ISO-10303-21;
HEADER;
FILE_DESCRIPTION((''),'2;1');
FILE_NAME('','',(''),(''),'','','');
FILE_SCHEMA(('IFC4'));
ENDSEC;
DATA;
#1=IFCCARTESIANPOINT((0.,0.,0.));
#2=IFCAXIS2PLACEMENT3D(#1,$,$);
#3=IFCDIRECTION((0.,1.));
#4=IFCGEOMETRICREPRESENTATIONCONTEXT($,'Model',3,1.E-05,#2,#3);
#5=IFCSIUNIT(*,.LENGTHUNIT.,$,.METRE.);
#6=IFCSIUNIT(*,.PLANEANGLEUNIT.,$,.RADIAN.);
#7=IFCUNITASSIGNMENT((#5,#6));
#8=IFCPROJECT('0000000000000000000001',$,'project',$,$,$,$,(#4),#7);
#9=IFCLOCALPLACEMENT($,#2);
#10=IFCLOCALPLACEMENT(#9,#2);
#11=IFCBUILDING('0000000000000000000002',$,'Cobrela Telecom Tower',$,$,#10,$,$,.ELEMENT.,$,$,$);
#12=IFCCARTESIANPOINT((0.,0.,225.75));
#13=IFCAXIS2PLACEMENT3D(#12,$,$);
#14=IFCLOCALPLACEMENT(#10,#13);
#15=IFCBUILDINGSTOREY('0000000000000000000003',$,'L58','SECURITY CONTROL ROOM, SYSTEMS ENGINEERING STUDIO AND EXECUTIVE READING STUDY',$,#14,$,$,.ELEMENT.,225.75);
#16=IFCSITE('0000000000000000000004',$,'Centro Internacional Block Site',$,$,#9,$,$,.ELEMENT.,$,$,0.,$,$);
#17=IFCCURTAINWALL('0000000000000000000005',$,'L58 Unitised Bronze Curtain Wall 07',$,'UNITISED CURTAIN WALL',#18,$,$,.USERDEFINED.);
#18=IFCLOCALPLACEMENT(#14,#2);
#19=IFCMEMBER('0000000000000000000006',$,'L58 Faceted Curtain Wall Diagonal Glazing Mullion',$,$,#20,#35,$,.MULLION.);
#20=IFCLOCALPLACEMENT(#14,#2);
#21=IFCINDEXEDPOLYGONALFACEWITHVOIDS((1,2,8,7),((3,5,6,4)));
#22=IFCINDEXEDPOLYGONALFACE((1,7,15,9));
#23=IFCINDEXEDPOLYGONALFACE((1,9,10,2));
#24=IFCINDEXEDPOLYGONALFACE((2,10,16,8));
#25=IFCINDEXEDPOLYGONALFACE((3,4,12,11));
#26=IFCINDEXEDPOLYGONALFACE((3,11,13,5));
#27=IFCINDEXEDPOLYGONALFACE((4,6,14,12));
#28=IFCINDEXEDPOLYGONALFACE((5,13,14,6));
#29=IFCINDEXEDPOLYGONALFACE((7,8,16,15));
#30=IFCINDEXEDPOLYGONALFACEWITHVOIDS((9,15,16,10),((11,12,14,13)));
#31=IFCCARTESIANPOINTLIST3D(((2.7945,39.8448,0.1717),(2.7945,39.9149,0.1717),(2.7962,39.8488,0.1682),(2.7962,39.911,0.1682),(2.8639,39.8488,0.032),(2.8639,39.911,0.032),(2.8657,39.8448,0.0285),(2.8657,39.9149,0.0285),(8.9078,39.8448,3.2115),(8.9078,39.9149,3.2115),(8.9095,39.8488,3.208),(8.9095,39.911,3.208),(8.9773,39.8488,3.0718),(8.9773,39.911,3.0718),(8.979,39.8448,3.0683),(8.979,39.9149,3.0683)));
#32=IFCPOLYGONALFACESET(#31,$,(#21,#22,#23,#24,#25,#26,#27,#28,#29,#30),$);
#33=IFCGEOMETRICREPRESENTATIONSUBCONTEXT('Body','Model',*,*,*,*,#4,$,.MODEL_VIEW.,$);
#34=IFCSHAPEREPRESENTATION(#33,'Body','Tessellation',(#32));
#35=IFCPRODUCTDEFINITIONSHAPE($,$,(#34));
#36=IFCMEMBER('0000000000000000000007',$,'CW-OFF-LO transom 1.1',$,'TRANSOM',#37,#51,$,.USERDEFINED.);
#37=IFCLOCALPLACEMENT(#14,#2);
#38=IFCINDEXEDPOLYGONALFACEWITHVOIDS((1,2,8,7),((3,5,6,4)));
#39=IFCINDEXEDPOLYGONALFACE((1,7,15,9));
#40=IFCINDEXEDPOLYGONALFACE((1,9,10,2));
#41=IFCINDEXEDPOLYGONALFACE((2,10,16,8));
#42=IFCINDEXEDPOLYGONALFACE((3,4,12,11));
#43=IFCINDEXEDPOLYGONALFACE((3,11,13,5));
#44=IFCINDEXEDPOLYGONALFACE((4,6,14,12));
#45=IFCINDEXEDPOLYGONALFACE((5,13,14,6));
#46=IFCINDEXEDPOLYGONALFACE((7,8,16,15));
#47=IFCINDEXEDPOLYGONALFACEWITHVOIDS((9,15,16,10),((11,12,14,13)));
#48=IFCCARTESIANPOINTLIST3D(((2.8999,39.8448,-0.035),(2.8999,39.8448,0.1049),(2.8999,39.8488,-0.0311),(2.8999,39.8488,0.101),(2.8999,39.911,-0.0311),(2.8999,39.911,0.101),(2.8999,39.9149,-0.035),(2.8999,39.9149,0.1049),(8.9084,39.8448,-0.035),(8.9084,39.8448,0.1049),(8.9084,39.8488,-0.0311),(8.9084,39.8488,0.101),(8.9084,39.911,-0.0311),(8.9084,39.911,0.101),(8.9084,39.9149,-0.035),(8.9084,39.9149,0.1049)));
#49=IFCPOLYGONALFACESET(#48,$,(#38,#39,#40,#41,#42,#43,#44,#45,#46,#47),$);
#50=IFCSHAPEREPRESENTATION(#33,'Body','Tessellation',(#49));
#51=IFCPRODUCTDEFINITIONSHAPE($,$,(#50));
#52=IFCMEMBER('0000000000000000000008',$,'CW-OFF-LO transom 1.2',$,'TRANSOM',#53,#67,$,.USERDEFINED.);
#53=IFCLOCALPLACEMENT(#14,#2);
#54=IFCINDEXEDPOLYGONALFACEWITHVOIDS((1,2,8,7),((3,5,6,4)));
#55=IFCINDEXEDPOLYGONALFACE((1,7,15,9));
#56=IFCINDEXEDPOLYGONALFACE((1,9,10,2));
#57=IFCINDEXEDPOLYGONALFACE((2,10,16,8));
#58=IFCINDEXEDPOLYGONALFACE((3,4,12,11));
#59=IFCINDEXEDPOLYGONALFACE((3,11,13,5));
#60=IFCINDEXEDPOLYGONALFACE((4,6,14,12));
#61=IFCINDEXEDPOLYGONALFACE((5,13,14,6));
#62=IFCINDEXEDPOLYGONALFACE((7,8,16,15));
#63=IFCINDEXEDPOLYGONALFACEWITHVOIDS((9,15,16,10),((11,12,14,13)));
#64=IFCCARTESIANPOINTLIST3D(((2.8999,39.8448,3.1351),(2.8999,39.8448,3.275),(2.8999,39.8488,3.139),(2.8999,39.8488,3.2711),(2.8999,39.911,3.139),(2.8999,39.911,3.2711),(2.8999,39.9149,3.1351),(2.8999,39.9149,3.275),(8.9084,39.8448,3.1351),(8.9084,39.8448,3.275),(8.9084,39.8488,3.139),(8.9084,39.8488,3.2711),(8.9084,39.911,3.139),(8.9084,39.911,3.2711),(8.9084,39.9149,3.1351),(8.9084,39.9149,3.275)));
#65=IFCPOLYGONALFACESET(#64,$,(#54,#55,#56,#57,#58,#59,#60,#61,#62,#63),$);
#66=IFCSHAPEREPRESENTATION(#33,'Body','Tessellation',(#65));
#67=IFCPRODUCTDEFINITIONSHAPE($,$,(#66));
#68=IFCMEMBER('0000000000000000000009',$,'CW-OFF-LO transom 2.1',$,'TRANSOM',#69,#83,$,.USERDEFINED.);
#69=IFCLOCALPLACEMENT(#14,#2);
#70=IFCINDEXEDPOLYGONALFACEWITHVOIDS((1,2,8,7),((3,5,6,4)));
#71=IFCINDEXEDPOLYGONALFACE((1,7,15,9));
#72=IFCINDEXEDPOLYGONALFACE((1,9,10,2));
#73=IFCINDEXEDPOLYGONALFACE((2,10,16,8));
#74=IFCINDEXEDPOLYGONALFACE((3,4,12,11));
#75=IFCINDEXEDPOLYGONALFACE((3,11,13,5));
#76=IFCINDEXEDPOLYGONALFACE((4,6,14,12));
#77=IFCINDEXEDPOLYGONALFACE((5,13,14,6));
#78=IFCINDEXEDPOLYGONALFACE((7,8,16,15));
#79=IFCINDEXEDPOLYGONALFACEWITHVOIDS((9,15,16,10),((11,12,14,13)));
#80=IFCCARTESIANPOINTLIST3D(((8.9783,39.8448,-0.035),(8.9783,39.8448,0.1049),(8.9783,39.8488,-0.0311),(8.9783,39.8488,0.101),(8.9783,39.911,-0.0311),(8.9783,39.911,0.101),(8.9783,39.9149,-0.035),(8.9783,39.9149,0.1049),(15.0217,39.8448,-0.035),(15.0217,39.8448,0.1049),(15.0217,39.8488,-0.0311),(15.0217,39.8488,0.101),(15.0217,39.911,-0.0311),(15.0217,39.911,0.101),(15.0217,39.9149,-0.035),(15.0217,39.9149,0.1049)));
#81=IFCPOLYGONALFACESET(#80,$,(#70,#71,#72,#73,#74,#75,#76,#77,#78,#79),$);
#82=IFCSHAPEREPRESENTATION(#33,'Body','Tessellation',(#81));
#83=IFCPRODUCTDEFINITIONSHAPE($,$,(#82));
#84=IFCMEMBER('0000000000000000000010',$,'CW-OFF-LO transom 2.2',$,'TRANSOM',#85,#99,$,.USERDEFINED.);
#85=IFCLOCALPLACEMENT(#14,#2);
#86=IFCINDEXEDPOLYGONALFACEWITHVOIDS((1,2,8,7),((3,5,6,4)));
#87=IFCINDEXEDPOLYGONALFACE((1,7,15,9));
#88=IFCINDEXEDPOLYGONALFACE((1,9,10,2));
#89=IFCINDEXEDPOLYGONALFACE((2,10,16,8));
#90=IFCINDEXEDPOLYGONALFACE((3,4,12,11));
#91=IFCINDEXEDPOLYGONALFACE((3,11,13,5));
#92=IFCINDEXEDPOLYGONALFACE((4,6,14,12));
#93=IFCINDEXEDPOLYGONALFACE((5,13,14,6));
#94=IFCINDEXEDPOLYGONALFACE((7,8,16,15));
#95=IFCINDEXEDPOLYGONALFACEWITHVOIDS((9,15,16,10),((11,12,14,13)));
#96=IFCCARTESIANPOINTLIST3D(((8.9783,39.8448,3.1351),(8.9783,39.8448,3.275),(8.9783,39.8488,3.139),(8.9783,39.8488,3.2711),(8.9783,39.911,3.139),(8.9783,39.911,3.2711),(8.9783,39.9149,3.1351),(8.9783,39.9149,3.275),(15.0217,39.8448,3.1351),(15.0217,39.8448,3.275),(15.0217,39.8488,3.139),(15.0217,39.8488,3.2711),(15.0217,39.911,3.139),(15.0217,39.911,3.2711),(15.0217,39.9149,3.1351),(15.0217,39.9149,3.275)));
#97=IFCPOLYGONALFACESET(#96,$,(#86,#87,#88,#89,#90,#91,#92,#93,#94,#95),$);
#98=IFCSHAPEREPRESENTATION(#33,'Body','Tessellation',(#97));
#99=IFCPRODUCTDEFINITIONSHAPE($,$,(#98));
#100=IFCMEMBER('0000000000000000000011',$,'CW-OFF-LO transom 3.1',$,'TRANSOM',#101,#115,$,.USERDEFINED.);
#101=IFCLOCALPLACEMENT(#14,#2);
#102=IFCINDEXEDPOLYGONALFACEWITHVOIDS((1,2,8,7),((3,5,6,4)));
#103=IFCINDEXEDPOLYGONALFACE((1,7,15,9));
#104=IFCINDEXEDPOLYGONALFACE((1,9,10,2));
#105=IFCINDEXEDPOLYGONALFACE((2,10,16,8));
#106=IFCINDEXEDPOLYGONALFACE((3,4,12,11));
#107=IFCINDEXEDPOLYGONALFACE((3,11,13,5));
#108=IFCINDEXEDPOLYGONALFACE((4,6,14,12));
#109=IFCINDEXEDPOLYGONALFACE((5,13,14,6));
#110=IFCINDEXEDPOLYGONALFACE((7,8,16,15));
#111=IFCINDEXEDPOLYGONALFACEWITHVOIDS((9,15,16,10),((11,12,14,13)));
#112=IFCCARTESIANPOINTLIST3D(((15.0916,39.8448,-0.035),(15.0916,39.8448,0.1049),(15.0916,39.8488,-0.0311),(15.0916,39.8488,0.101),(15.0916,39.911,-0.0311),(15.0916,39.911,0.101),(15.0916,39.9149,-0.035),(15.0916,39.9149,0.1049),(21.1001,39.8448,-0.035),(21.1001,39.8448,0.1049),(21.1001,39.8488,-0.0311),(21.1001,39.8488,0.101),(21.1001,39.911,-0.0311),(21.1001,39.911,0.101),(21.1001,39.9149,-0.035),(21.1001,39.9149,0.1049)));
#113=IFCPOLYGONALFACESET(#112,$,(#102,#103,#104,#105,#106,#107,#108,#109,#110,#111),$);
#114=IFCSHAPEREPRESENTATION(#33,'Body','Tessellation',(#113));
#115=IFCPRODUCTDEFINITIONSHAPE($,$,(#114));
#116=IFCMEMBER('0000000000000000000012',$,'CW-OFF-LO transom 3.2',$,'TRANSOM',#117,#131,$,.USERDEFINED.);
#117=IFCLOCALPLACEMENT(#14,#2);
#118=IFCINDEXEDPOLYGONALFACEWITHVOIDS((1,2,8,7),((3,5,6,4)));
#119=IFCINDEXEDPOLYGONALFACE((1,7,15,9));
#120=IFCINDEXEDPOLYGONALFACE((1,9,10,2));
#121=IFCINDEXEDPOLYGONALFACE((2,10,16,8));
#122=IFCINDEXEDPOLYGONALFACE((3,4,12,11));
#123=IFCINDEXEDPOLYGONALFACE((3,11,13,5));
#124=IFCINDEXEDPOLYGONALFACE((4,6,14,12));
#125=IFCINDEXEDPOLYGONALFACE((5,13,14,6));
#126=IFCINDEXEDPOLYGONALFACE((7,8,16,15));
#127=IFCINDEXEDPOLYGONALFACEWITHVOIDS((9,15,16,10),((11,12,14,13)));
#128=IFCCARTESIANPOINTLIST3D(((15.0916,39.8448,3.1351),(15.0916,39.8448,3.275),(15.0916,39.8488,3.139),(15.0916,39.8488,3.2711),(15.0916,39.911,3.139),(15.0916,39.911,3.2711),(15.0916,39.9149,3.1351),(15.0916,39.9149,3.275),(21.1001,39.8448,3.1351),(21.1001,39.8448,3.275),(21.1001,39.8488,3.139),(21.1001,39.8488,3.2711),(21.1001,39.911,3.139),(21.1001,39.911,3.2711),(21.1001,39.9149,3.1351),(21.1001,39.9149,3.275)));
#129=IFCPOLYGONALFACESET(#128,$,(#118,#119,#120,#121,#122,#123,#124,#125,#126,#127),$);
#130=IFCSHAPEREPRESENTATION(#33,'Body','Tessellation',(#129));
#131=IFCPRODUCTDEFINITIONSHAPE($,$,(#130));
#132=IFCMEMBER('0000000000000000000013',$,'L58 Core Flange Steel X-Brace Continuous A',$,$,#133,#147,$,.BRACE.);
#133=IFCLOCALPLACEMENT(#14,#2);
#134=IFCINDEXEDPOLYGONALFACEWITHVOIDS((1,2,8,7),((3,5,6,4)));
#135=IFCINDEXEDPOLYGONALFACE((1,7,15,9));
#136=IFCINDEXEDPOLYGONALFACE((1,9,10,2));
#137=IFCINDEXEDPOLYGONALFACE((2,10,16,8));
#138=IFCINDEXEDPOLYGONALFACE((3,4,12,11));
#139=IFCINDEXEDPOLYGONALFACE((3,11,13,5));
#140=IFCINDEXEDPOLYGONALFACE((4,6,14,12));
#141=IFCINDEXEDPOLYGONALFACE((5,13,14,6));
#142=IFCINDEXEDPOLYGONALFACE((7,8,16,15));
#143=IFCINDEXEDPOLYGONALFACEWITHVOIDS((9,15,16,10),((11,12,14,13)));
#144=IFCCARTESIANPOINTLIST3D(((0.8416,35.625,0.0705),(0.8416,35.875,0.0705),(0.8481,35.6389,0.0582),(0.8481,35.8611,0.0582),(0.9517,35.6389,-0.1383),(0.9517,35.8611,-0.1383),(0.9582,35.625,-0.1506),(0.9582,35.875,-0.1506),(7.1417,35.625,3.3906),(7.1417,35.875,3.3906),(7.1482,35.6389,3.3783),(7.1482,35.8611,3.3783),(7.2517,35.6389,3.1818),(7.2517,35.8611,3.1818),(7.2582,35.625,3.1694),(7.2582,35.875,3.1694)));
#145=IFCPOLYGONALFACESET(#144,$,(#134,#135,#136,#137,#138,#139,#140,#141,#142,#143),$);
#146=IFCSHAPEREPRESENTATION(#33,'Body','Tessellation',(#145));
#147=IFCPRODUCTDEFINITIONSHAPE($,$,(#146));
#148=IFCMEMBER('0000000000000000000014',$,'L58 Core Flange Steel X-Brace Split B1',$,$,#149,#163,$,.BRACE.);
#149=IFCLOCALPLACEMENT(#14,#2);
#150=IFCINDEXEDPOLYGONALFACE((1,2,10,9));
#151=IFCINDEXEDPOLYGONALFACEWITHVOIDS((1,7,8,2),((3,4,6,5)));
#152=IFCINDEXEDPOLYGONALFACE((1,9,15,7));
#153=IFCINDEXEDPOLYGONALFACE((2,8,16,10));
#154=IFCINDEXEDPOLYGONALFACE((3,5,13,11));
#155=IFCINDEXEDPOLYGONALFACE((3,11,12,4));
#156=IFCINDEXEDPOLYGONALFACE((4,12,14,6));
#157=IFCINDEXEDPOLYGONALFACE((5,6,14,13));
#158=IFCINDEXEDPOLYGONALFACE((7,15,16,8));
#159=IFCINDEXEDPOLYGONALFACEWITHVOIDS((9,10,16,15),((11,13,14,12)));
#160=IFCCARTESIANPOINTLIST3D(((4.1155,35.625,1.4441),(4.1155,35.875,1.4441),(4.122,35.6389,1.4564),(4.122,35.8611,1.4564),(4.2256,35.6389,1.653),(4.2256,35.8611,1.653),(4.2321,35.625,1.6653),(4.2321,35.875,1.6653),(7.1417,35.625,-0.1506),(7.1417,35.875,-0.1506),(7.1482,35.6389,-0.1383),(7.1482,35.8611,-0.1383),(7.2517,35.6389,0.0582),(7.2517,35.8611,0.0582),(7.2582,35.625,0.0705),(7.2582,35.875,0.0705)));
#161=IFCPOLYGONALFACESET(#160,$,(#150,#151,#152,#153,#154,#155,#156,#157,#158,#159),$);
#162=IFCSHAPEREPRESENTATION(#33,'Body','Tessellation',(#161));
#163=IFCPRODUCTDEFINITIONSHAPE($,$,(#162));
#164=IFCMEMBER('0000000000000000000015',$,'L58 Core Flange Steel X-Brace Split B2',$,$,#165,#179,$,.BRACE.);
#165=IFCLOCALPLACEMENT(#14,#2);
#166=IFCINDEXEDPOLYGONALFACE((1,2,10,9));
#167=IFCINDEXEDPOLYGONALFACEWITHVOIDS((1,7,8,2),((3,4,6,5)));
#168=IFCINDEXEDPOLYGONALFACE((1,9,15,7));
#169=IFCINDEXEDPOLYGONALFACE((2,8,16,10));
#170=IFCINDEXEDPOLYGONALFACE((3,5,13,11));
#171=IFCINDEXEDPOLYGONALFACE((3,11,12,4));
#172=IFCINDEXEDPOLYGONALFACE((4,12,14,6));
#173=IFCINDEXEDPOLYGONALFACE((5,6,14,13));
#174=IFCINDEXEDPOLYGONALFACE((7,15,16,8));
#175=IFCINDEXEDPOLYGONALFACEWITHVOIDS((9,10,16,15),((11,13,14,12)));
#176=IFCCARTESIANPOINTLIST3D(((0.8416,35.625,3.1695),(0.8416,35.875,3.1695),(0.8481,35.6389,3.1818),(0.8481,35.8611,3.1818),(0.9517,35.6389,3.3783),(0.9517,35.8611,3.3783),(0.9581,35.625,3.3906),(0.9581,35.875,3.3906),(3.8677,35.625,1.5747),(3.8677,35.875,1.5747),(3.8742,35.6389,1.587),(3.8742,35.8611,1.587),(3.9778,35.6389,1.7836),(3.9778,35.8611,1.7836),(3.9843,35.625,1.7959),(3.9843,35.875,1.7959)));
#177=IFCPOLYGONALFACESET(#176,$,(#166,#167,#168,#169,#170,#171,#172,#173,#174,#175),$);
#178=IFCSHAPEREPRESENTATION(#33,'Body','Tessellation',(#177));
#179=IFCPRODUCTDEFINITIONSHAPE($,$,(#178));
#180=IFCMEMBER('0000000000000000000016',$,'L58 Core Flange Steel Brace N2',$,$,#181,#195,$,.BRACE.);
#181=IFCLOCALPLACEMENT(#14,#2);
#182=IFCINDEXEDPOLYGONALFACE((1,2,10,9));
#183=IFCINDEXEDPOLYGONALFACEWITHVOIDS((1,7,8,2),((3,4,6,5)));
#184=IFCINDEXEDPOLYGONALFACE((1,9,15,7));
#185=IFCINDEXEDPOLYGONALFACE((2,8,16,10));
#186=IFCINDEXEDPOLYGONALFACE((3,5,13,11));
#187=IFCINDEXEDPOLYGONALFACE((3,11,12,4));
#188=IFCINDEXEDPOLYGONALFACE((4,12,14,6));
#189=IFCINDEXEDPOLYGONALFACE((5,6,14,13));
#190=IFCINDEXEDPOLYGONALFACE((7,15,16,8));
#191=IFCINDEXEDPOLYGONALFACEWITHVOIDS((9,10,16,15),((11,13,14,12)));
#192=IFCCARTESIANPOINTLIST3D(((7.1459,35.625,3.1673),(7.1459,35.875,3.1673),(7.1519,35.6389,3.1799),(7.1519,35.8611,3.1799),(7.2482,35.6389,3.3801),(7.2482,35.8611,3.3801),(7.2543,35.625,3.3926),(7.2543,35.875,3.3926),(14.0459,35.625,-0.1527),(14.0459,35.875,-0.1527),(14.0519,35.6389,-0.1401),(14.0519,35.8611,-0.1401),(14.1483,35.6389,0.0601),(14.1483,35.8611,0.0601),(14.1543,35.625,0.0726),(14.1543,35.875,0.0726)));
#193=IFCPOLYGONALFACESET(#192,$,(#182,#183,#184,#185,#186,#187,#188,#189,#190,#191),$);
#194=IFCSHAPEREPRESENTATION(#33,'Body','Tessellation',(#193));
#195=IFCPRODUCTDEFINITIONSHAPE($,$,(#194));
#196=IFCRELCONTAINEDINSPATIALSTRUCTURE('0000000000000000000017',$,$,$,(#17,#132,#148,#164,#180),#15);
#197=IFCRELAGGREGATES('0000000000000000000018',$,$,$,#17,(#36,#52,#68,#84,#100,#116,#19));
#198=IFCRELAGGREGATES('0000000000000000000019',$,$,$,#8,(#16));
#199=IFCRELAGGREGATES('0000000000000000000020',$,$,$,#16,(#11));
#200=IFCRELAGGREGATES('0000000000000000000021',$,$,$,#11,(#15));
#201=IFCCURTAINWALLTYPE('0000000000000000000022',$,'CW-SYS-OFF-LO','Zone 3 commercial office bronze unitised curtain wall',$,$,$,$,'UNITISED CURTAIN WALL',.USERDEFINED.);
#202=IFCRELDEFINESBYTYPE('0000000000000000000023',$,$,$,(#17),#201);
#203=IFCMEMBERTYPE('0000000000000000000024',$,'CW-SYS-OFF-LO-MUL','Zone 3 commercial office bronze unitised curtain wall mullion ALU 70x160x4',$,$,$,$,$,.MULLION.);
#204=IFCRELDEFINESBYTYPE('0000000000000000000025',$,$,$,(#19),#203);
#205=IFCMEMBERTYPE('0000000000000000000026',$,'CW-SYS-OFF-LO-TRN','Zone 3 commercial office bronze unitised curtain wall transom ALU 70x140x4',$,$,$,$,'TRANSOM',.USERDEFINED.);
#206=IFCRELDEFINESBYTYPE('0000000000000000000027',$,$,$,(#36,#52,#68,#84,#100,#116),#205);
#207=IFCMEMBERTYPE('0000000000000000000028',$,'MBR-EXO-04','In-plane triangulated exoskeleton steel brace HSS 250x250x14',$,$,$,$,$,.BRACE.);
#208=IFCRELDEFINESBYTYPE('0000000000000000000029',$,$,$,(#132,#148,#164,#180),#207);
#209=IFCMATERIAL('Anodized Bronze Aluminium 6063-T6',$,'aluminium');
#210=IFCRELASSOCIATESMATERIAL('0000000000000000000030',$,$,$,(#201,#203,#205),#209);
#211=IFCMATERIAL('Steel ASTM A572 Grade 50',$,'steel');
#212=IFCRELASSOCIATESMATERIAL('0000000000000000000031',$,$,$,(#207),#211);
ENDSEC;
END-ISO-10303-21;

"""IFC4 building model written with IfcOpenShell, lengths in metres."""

from ifc_helpers import new_model, si_unit, direction, frame, origin, origin_2d, place, context, subcontext, project, spatial, hollow_rectangle, extrude, material, material_profile, profile_set, type_object, element, aggregate, save


model = new_model("IFC4")

# Units and contexts
model_context = context("Model", 3, precision=1e-05, world=origin(), true_north=direction((0.0, 1.0)))
body_context = subcontext(model_context, "Body", "Model", "MODEL_VIEW")
ifc_project = project(units=[si_unit("LENGTHUNIT", "METRE"), si_unit("PLANEANGLEUNIT", "RADIAN")], contexts=[model_context])

# Site, building, storey
site_placement = place(None, origin())
site = spatial("IfcSite", under=ifc_project, at=site_placement, Name="Centro Internacional Block Site", CompositionType="ELEMENT", RefElevation=0.0)
building_placement = place(site_placement, origin())
building = spatial("IfcBuilding", under=site, at=building_placement, Name="Cobrela Telecom Tower", CompositionType="ELEMENT")
storey_placement = place(building_placement, frame((0.0, 0.0, 225.75)))
storey = spatial("IfcBuildingStorey", under=building, at=storey_placement, Name="L58", Description="SECURITY CONTROL ROOM, SYSTEMS ENGINEERING STUDIO AND EXECUTIVE READING STUDY", CompositionType="ELEMENT", Elevation=225.75)

# Shared definitions
ifc_material_1 = material(Name="Steel ASTM A572 Grade 50", Category="steel")

# Curtain wall, members
ifc_material_2 = material(Name="Anodized Bronze Aluminium 6063-T6", Category="aluminium")
curtain_wall_type = type_object("IfcCurtainWallType", Name="CW-SYS-OFF-LO", Description="Zone 3 commercial office bronze unitised curtain wall", ElementType="UNITISED CURTAIN WALL", PredefinedType="USERDEFINED", material=ifc_material_2)
curtain_wall_placement = place(storey_placement, origin())
curtain_wall = element("IfcCurtainWall", 1, at=curtain_wall_placement, inside=storey, type_object=curtain_wall_type, Name="L58 Unitised Bronze Curtain Wall 07", ObjectType="UNITISED CURTAIN WALL", PredefinedType="USERDEFINED")
ifc_material_profile_1 = material_profile(ifc_material_2, hollow_rectangle(XDim=0.0701, YDim=0.1599, WallThickness=0.0039, at=origin_2d()), Name="ALU 70x160x4")
ifc_profile_set_1 = profile_set([ifc_material_profile_1], Name="Anodized Bronze Aluminium 6063-T6")
member_type_1 = type_object("IfcMemberType", Name="CW-SYS-OFF-LO-MUL", Description="Zone 3 commercial office bronze unitised curtain wall mullion ALU 70x160x4", PredefinedType="MULLION", material=ifc_profile_set_1)
member_1_placement = place(storey_placement, frame((2.8301, 39.8799, 0.1001), z_axis=(0.895412, 0.0, 0.445239), x_axis=(0.0, 1.0, 0.0)))
member_1 = element("IfcMember", 2, at=member_1_placement, type_object=member_type_1, Name="L58 Faceted Curtain Wall Diagonal Glazing Mullion", PredefinedType="MULLION", context=body_context, shape_type="SweptSolid", body=[
    extrude(hollow_rectangle(XDim=0.0701, YDim=0.1599, WallThickness=0.0039, at=origin_2d()), origin(), (0.0, 0.0, 1.0), 6.8274),
])
ifc_material_profile_2 = material_profile(ifc_material_2, hollow_rectangle(XDim=0.0701, YDim=0.1399, WallThickness=0.0039, at=origin_2d()), Name="ALU 70x140x4")
ifc_profile_set_2 = profile_set([ifc_material_profile_2], Name="Anodized Bronze Aluminium 6063-T6")
member_type_2 = type_object("IfcMemberType", Name="CW-SYS-OFF-LO-TRN", Description="Zone 3 commercial office bronze unitised curtain wall transom ALU 70x140x4", ElementType="TRANSOM", PredefinedType="USERDEFINED", material=ifc_profile_set_2)
member_2_placement = place(storey_placement, frame((2.8999, 39.8799, 0.0349), z_axis=(1.0, 0.0, 0.0), x_axis=(0.0, 1.0, 0.0)))
member_2 = element("IfcMember", 3, at=member_2_placement, type_object=member_type_2, Name="CW-OFF-LO transom 1.1", ObjectType="TRANSOM", PredefinedType="USERDEFINED", context=body_context, shape_type="SweptSolid", body=[
    extrude(hollow_rectangle(XDim=0.0701, YDim=0.1399, WallThickness=0.0039, at=origin_2d()), origin(), (0.0, 0.0, 1.0), 6.0085),
])
member_3_placement = place(storey_placement, frame((2.8999, 39.8799, 3.2051), z_axis=(1.0, 0.0, 0.0), x_axis=(0.0, 1.0, 0.0)))
member_3 = element("IfcMember", 4, at=member_3_placement, type_object=member_type_2, Name="CW-OFF-LO transom 1.2", ObjectType="TRANSOM", PredefinedType="USERDEFINED", context=body_context, shape_type="SweptSolid", body=[
    extrude(hollow_rectangle(XDim=0.0701, YDim=0.1399, WallThickness=0.0039, at=origin_2d()), origin(), (0.0, 0.0, 1.0), 6.0085),
])
member_4_placement = place(storey_placement, frame((8.9783, 39.8799, 0.0349), z_axis=(1.0, 0.0, 0.0), x_axis=(0.0, 1.0, 0.0)))
member_4 = element("IfcMember", 5, at=member_4_placement, type_object=member_type_2, Name="CW-OFF-LO transom 2.1", ObjectType="TRANSOM", PredefinedType="USERDEFINED", context=body_context, shape_type="SweptSolid", body=[
    extrude(hollow_rectangle(XDim=0.0701, YDim=0.1399, WallThickness=0.0039, at=origin_2d()), origin(), (0.0, 0.0, 1.0), 6.0435),
])
member_5_placement = place(storey_placement, frame((8.9783, 39.8799, 3.2051), z_axis=(1.0, 0.0, 0.0), x_axis=(0.0, 1.0, 0.0)))
member_5 = element("IfcMember", 6, at=member_5_placement, type_object=member_type_2, Name="CW-OFF-LO transom 2.2", ObjectType="TRANSOM", PredefinedType="USERDEFINED", context=body_context, shape_type="SweptSolid", body=[
    extrude(hollow_rectangle(XDim=0.0701, YDim=0.1399, WallThickness=0.0039, at=origin_2d()), origin(), (0.0, 0.0, 1.0), 6.0435),
])
member_6_placement = place(storey_placement, frame((15.0916, 39.8799, 0.0349), z_axis=(1.0, 0.0, 0.0), x_axis=(0.0, 1.0, 0.0)))
member_6 = element("IfcMember", 7, at=member_6_placement, type_object=member_type_2, Name="CW-OFF-LO transom 3.1", ObjectType="TRANSOM", PredefinedType="USERDEFINED", context=body_context, shape_type="SweptSolid", body=[
    extrude(hollow_rectangle(XDim=0.0701, YDim=0.1399, WallThickness=0.0039, at=origin_2d()), origin(), (0.0, 0.0, 1.0), 6.0085),
])
member_7_placement = place(storey_placement, frame((15.0916, 39.8799, 3.2051), z_axis=(1.0, 0.0, 0.0), x_axis=(0.0, 1.0, 0.0)))
member_7 = element("IfcMember", 8, at=member_7_placement, type_object=member_type_2, Name="CW-OFF-LO transom 3.2", ObjectType="TRANSOM", PredefinedType="USERDEFINED", context=body_context, shape_type="SweptSolid", body=[
    extrude(hollow_rectangle(XDim=0.0701, YDim=0.1399, WallThickness=0.0039, at=origin_2d()), origin(), (0.0, 0.0, 1.0), 6.0085),
])

# Members
ifc_material_profile_3 = material_profile(ifc_material_1, hollow_rectangle(XDim=0.25, YDim=0.25, WallThickness=0.0139, at=origin_2d()), Name="HSS 250x250x14")
ifc_profile_set_3 = profile_set([ifc_material_profile_3], Name="Steel ASTM A572 Grade 50")
member_type_3 = type_object("IfcMemberType", Name="MBR-EXO-04", Description="In-plane triangulated exoskeleton steel brace HSS 250x250x14", PredefinedType="BRACE", material=ifc_profile_set_3)
member_8_placement = place(storey_placement, frame((0.8999, 35.75, -0.04), z_axis=(0.884672, 0.0, 0.466214), x_axis=(0.0, 1.0, 0.0)))
element("IfcMember", 9, at=member_8_placement, inside=storey, type_object=member_type_3, Name="L58 Core Flange Steel X-Brace Continuous A", PredefinedType="BRACE", context=body_context, shape_type="SweptSolid", body=[
    extrude(hollow_rectangle(XDim=0.25, YDim=0.25, WallThickness=0.0139, at=origin_2d()), origin(), (0.0, 0.0, 1.0), 7.1213),
])
for number, where, z_axis, x_axis, name in (
    (10, (7.2, 35.75, -0.04), (-0.884673, 0.0, 0.466211), (0.0, -1.0, 0.0), "L58 Core Flange Steel X-Brace Split B1"),
    (11, (3.926, 35.75, 1.6853), (-0.884673, 0.0, 0.466211), (0.0, -1.0, 0.0), "L58 Core Flange Steel X-Brace Split B2"),
):
    element("IfcMember", number, at=place(storey_placement, frame(where, z_axis=z_axis, x_axis=x_axis)), inside=storey, type_object=member_type_3, Name=name, PredefinedType="BRACE", context=body_context, shape_type="SweptSolid", body=[
        extrude(hollow_rectangle(XDim=0.25, YDim=0.25, WallThickness=0.0139, at=origin_2d()), origin(), (0.0, 0.0, 1.0), 3.4207),
    ])
member_9_placement = place(storey_placement, frame((14.1001, 35.75, -0.04), z_axis=(-0.901115, 0.0, 0.43358), x_axis=(0.0, -1.0, 0.0)))
element("IfcMember", 12, at=member_9_placement, inside=storey, type_object=member_type_3, Name="L58 Core Flange Steel Brace N2", PredefinedType="BRACE", context=body_context, shape_type="SweptSolid", body=[
    extrude(hollow_rectangle(XDim=0.25, YDim=0.25, WallThickness=0.0139, at=origin_2d()), origin(), (0.0, 0.0, 1.0), 7.6572),
])

aggregate(curtain_wall, [member_2, member_3, member_4, member_5, member_6, member_7, member_1])

save(model, "model.ifc")
